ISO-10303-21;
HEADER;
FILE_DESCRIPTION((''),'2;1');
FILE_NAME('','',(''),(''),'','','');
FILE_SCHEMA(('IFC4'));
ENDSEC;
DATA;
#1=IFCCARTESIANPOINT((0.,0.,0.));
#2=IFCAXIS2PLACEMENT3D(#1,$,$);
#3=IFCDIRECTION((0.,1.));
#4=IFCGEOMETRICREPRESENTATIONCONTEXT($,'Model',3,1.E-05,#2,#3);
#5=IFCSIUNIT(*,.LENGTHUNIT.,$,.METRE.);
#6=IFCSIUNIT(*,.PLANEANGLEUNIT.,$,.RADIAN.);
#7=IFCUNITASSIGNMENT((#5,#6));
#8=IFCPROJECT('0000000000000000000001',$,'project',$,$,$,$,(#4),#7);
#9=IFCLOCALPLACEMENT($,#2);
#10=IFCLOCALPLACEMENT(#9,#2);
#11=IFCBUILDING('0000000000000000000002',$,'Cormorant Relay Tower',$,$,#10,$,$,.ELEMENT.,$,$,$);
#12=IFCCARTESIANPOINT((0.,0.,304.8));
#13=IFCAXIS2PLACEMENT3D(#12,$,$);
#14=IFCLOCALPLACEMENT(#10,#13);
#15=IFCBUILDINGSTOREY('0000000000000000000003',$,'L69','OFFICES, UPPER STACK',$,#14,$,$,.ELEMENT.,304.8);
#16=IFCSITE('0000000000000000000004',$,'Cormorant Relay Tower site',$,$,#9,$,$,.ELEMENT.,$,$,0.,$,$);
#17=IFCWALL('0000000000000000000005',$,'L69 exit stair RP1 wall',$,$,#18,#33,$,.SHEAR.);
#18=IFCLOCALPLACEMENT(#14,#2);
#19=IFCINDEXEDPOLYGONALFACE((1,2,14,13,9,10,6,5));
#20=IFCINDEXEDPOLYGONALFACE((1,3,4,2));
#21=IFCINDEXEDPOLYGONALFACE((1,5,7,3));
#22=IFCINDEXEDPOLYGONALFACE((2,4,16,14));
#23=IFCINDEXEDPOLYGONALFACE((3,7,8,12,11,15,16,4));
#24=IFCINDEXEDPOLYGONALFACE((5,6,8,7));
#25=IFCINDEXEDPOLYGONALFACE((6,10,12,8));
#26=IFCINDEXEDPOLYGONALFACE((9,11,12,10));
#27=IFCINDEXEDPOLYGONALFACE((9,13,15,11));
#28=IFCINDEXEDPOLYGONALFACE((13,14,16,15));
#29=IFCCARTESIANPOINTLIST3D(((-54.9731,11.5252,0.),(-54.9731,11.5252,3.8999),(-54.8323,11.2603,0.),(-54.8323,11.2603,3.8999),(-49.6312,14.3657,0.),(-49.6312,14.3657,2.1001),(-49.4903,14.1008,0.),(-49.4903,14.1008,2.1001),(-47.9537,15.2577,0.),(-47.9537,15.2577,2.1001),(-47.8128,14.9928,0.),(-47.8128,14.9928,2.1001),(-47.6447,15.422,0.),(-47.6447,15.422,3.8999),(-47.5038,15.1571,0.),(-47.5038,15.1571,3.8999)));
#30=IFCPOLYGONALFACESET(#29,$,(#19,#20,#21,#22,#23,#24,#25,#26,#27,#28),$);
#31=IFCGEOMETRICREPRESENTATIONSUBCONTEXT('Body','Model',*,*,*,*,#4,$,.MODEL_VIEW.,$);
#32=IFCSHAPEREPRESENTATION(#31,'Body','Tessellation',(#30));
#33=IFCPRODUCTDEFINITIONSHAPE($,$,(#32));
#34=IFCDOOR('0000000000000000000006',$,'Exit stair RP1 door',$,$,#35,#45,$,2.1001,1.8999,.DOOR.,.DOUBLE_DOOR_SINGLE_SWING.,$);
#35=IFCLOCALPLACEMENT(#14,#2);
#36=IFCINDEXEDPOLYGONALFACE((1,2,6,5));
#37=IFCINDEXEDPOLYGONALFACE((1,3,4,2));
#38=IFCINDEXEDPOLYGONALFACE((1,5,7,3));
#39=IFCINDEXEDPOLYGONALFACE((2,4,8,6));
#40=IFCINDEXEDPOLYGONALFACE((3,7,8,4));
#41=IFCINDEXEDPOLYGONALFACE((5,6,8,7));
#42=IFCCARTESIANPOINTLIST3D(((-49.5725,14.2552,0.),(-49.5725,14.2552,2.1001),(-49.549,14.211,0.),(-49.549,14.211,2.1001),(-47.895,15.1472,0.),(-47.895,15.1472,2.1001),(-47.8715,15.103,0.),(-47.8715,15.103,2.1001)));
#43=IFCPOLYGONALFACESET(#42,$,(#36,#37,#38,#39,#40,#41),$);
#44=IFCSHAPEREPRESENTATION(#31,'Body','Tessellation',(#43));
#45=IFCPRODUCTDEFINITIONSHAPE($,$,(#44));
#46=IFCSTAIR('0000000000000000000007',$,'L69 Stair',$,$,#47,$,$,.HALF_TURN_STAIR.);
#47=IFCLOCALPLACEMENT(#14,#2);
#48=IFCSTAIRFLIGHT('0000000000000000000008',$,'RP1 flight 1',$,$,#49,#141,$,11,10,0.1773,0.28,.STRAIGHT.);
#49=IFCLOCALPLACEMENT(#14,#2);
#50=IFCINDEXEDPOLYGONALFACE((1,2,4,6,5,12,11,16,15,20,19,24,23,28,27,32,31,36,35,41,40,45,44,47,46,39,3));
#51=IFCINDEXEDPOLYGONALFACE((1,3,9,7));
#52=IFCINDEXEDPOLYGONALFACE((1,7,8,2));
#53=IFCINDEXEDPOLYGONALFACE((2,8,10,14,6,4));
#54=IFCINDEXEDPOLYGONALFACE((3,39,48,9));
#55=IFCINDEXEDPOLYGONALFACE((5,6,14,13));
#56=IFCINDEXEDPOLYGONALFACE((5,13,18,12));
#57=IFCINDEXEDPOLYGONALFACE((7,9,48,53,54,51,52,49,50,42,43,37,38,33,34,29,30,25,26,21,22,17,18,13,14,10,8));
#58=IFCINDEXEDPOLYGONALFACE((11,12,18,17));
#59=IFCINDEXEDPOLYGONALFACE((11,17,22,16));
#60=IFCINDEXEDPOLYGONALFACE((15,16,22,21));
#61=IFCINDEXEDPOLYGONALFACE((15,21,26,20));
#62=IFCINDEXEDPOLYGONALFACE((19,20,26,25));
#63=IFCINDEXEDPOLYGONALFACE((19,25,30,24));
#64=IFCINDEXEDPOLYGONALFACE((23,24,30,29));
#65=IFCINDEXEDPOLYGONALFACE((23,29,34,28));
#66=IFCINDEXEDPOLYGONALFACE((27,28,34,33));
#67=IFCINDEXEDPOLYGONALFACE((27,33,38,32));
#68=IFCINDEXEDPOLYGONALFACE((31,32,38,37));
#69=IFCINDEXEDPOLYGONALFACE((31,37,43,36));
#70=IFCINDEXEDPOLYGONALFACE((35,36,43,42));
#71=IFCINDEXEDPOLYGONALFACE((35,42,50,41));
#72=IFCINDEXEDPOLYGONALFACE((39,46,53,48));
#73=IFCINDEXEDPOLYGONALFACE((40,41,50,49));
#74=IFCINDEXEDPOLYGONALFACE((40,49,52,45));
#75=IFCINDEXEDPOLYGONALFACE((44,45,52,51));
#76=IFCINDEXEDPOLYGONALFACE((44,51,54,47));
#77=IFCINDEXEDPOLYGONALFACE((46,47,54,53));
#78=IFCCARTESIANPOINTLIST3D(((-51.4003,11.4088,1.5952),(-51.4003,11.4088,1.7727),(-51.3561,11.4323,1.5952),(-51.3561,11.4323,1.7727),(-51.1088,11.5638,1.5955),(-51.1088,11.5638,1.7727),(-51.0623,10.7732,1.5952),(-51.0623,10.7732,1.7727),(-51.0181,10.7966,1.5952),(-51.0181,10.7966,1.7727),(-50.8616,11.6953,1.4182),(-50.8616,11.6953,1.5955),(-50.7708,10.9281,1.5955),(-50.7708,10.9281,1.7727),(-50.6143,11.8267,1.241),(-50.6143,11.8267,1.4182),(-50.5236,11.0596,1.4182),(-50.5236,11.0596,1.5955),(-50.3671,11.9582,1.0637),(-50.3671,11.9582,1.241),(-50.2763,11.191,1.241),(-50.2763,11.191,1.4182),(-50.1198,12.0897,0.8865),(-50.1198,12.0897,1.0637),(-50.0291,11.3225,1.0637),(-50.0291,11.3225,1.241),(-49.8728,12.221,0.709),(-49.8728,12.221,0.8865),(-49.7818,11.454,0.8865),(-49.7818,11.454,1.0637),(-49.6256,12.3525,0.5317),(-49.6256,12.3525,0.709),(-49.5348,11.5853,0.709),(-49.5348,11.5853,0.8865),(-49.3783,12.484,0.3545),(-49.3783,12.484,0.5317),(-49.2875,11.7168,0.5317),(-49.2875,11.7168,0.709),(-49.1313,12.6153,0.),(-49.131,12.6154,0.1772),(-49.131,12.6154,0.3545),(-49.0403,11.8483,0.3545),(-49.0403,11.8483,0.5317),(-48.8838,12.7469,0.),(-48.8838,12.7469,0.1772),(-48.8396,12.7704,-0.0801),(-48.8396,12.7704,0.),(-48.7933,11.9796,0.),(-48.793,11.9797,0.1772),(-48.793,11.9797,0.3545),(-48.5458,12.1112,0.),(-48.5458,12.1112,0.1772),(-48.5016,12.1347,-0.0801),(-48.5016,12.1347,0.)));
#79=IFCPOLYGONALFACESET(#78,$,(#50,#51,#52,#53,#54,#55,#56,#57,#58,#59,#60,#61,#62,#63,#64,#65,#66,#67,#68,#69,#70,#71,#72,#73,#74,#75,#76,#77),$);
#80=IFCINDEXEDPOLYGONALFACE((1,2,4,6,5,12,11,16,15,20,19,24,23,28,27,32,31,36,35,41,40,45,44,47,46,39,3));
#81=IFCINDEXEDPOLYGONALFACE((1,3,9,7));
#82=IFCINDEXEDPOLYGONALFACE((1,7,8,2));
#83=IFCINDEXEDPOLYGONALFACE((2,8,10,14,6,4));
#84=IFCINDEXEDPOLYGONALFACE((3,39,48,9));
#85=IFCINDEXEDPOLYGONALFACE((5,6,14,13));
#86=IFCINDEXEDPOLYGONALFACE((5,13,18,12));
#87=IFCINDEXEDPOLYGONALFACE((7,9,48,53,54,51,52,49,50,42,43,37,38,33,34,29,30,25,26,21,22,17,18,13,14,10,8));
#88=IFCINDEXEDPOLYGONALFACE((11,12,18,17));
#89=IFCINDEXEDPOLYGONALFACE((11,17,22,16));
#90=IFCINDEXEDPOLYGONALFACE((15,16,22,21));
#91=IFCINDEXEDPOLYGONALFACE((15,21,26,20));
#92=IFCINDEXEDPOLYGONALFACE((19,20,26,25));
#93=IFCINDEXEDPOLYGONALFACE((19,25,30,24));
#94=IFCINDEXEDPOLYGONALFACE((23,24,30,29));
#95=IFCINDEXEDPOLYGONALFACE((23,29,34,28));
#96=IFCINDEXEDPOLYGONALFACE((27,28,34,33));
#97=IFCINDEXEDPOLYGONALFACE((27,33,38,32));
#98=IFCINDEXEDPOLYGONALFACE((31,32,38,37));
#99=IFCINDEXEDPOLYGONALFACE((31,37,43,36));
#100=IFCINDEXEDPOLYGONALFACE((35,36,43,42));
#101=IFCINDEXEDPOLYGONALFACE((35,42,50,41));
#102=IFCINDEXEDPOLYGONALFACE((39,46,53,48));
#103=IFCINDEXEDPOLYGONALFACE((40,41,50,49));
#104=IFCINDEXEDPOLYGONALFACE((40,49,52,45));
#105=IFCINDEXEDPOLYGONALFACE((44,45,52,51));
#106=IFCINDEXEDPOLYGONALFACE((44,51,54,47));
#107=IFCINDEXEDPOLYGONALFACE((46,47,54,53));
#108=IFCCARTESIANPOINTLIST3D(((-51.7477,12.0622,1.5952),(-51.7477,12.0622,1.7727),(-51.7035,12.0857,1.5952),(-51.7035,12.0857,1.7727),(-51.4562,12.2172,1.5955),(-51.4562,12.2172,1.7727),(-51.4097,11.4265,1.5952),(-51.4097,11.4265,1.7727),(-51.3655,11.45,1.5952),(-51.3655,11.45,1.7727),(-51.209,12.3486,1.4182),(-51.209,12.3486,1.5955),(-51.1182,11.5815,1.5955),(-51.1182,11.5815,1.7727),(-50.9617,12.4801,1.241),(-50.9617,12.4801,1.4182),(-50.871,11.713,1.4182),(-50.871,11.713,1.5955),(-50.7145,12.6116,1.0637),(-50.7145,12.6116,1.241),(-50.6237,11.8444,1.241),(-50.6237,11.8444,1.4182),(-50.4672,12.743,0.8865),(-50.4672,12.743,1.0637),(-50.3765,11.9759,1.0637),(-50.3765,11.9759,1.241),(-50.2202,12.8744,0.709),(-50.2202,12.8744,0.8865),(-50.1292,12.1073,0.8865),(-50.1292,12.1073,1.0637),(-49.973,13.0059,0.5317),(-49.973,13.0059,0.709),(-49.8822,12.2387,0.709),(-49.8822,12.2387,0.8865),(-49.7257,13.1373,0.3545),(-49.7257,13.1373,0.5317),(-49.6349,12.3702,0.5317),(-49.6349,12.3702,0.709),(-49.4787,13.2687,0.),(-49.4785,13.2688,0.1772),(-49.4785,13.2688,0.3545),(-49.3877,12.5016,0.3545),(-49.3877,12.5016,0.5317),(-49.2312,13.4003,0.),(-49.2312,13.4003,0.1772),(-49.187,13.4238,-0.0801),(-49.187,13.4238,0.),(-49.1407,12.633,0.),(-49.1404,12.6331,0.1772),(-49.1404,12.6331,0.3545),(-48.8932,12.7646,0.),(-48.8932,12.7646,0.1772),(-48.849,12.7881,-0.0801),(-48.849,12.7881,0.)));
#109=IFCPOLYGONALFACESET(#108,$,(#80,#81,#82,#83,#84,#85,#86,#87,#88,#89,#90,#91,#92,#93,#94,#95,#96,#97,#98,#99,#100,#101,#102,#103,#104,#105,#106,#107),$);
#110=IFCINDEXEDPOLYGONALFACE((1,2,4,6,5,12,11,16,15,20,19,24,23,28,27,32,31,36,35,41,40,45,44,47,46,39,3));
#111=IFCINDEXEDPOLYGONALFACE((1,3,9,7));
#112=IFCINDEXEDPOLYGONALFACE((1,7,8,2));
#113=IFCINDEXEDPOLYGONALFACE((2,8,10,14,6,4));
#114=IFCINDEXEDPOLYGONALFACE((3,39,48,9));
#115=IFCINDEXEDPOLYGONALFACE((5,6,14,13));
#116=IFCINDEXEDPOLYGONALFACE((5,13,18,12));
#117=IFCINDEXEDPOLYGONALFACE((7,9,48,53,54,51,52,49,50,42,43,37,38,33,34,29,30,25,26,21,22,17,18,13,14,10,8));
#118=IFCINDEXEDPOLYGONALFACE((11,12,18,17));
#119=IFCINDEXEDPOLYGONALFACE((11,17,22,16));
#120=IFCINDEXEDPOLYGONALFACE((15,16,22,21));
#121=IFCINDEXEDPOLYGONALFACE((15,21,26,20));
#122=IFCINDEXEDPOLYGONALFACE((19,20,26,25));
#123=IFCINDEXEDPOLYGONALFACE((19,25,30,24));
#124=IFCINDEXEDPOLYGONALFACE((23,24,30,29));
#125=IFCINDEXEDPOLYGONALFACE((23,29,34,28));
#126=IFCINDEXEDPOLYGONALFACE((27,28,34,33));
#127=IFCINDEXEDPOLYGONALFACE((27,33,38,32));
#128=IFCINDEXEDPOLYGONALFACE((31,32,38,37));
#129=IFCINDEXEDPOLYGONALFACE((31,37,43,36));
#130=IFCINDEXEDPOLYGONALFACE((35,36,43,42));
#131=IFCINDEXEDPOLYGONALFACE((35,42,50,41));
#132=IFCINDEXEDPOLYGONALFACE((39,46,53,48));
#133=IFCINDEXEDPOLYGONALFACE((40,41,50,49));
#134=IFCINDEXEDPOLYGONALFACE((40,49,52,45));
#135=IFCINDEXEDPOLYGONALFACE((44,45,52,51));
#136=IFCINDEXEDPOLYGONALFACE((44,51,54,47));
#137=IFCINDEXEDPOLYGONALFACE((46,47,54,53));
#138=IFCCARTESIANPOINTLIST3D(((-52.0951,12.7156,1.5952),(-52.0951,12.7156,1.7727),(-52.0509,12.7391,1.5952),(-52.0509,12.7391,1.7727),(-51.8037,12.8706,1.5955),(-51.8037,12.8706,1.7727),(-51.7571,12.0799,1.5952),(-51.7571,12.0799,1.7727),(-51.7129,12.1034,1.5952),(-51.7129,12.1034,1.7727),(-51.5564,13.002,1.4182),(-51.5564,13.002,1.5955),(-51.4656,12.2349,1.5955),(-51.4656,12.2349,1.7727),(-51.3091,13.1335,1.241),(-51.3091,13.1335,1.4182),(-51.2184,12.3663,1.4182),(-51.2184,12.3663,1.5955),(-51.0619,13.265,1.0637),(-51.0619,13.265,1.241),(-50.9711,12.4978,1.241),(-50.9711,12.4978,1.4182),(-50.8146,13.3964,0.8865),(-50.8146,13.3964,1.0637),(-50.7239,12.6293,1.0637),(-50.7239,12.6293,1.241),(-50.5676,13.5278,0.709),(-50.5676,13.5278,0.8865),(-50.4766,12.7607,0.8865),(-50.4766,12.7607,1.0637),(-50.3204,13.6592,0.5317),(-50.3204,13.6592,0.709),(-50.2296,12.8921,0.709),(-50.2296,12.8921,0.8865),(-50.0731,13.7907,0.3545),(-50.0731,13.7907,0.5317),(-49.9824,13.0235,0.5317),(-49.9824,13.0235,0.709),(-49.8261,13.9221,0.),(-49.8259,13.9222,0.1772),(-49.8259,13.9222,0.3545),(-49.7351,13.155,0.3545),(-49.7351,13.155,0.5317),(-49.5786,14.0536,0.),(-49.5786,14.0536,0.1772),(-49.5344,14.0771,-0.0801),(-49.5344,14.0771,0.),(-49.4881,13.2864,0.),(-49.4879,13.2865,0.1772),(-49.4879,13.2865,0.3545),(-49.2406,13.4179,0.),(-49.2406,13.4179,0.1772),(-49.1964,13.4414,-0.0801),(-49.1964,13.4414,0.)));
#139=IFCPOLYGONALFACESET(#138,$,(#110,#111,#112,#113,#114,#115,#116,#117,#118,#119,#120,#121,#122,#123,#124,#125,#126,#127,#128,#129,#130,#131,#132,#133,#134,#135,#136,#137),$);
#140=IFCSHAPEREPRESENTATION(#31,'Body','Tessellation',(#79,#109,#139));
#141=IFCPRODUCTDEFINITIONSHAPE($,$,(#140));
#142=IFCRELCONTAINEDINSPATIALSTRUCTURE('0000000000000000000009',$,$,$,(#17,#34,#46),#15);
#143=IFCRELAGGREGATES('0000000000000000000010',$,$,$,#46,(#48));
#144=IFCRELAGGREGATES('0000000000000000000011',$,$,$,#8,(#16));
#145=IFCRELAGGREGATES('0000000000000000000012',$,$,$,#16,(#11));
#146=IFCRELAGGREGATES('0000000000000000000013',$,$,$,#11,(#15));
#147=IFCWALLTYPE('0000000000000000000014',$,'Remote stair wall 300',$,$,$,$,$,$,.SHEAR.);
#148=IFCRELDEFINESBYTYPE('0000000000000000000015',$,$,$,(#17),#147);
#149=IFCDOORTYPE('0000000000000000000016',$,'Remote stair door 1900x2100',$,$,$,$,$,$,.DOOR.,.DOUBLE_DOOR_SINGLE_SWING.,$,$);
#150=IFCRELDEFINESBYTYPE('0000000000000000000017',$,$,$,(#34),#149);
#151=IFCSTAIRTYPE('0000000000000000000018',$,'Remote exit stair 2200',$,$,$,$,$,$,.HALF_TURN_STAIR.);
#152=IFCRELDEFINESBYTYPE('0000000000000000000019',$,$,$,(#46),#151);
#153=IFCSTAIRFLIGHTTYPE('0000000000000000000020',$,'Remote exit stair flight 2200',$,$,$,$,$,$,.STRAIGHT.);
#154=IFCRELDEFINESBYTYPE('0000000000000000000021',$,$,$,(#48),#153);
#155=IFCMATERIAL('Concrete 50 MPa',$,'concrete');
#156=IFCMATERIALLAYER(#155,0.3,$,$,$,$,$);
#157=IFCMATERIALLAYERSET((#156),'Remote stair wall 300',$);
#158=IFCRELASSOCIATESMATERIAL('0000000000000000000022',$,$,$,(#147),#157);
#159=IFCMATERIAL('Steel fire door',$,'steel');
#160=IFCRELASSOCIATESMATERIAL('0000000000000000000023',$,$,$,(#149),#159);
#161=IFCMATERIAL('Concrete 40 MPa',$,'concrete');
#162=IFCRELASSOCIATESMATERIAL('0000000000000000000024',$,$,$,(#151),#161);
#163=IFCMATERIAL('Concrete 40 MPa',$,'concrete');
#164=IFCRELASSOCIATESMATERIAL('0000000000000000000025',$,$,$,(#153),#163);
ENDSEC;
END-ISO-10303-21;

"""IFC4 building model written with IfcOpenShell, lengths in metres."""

from ifc_helpers import new_model, si_unit, direction, frame, frame_2d, origin, place, context, subcontext, project, spatial, polyline, rectangle, outline, extrude, material, layer, layer_set, type_object, element, fill, aggregate, save


model = new_model("IFC4")

# Units and contexts
model_context = context("Model", 3, precision=1e-05, world=origin(), true_north=direction((0.0, 1.0)))
body_context = subcontext(model_context, "Body", "Model", "MODEL_VIEW")
ifc_project = project(units=[si_unit("LENGTHUNIT", "METRE"), si_unit("PLANEANGLEUNIT", "RADIAN")], contexts=[model_context])

# Site, building, storey
site_placement = place(None, origin())
site = spatial("IfcSite", under=ifc_project, at=site_placement, Name="Cormorant Relay Tower site", CompositionType="ELEMENT", RefElevation=0.0)
building_placement = place(site_placement, origin())
building = spatial("IfcBuilding", under=site, at=building_placement, Name="Cormorant Relay Tower", CompositionType="ELEMENT")
storey_placement = place(building_placement, frame((0.0, 0.0, 304.8)))
storey = spatial("IfcBuildingStorey", under=building, at=storey_placement, Name="L69", Description="OFFICES, UPPER STACK", CompositionType="ELEMENT", Elevation=304.8)

# Shared definitions
ifc_material_1 = material(Name="Concrete 50 MPa", Category="concrete")
ifc_layer_1 = layer(ifc_material_1, 0.3)
ifc_layer_set_1 = layer_set([ifc_layer_1], Name="Remote stair wall 300")
wall_type_1 = type_object("IfcWallType", Name="Remote stair wall 300", PredefinedType="SHEAR", material=ifc_layer_set_1)

# Wall, opening, door
wall_1_placement = place(storey_placement, frame((-54.9026, 11.3928, 0.0), z_axis=(0.0, 0.0, 1.0), x_axis=(0.882939, 0.469487, 0.0)))
wall_1 = element("IfcWall", 1, at=wall_1_placement, inside=storey, type_object=wall_type_1, Name="L69 exit stair RP1 wall", PredefinedType="SHEAR", context=body_context, shape_type="SweptSolid", body=[
    extrude(rectangle(XDim=8.3, YDim=0.3, at=frame_2d((4.1499, 0.0))), origin(), (0.0, 0.0, 1.0), 3.8999),
])
opening_1_placement = place(wall_1_placement, frame((6.05, 0.0, 0.0)))
opening_1 = element("IfcOpeningElement", 2, at=opening_1_placement, cuts=wall_1, PredefinedType="OPENING", context=body_context, shape_type="SweptSolid", body=[
    extrude(rectangle(XDim=1.8999, YDim=2.1001, at=frame_2d((0.95, 1.05))), frame((0.0, 0.1599, 0.0), z_axis=(0.0, -1.0, 0.0), x_axis=(1.0, 0.0, 0.0)), (0.0, 0.0, 1.0), 0.3201),
])
ifc_material_2 = material(Name="Steel fire door", Category="steel")
door_type_1 = type_object("IfcDoorType", Name="Remote stair door 1900x2100", OperationType="DOUBLE_DOOR_SINGLE_SWING", PredefinedType="DOOR", material=ifc_material_2)
door_1_placement = place(opening_1_placement, origin())
door_1 = element("IfcDoor", 3, at=door_1_placement, inside=storey, type_object=door_type_1, Name="Exit stair RP1 door", OperationType="DOUBLE_DOOR_SINGLE_SWING", OverallHeight=2.1001, OverallWidth=1.8999, PredefinedType="DOOR", context=body_context, shape_type="SweptSolid", body=[
    extrude(rectangle(XDim=1.8999, YDim=2.1001, at=frame_2d((0.95, 1.05))), frame((0.0, 0.0249, 0.0), z_axis=(0.0, -1.0, 0.0), x_axis=(1.0, 0.0, 0.0)), (0.0, 0.0, 1.0), 0.05),
])
fill(opening_1, door_1)

# Stair, stair flight
ifc_material_3 = material(Name="Concrete 40 MPa", Category="concrete")
stair_type = type_object("IfcStairType", Name="Remote exit stair 2200", PredefinedType="HALF_TURN_STAIR", material=ifc_material_3)
stair_placement = place(storey_placement, origin())
stair = element("IfcStair", 4, at=stair_placement, inside=storey, type_object=stair_type, Name="L69 Stair", PredefinedType="HALF_TURN_STAIR")
ifc_material_4 = material(Name="Concrete 40 MPa", Category="concrete")
stair_flight_type = type_object("IfcStairFlightType", Name="Remote exit stair flight 2200", PredefinedType="STRAIGHT", material=ifc_material_4)
stair_flight_1_placement = place(storey_placement, frame((-49.0623, 13.0825, 0.0), z_axis=(0.0, 0.0, 1.0), x_axis=(-0.882948, -0.469472, 0.0)))
stair_flight_1 = element("IfcStairFlight", 5, at=stair_flight_1_placement, type_object=stair_flight_type, Name="RP1 flight 1", NumberOfRisers=11, NumberOfTreads=10, PredefinedType="STRAIGHT", RiserHeight=0.1773, TreadLength=0.28, context=body_context, shape_type="SweptSolid", body=[
    extrude(outline(polyline([(-0.05, -0.0801), (-0.05, 0.0), (0.0, 0.0), (0.0, 0.1772), (0.28, 0.1772), (0.28, 0.3545), (0.5601, 0.3545), (0.5601, 0.5317), (0.8401, 0.5317), (0.8401, 0.709), (1.1201, 0.709), (1.1201, 0.8865), (1.3999, 0.8865), (1.3999, 1.0637), (1.6799, 1.0637), (1.6799, 1.241), (1.96, 1.241), (1.96, 1.4182), (2.24, 1.4182), (2.24, 1.5955), (2.52, 1.5955), (2.52, 1.7727), (2.8, 1.7727), (2.8501, 1.7727), (2.8501, 1.5952), (2.8, 1.5952), (0.2803, 0.0), (-0.05, -0.0801)])), frame((0.0, 1.1001, 0.0), z_axis=(0.0, -1.0, 0.0), x_axis=(1.0, 0.0, 0.0)), (0.0, 0.0, 1.0), 0.72),
    extrude(outline(polyline([(-0.05, -0.0801), (-0.05, 0.0), (0.0, 0.0), (0.0, 0.1772), (0.28, 0.1772), (0.28, 0.3545), (0.5601, 0.3545), (0.5601, 0.5317), (0.8401, 0.5317), (0.8401, 0.709), (1.1201, 0.709), (1.1201, 0.8865), (1.3999, 0.8865), (1.3999, 1.0637), (1.6799, 1.0637), (1.6799, 1.241), (1.96, 1.241), (1.96, 1.4182), (2.24, 1.4182), (2.24, 1.5955), (2.52, 1.5955), (2.52, 1.7727), (2.8, 1.7727), (2.8501, 1.7727), (2.8501, 1.5952), (2.8, 1.5952), (0.2803, 0.0), (-0.05, -0.0801)])), frame((0.0, 0.3601, 0.0), z_axis=(0.0, -1.0, 0.0), x_axis=(1.0, 0.0, 0.0)), (0.0, 0.0, 1.0), 0.72),
    extrude(outline(polyline([(-0.05, -0.0801), (-0.05, 0.0), (0.0, 0.0), (0.0, 0.1772), (0.28, 0.1772), (0.28, 0.3545), (0.5601, 0.3545), (0.5601, 0.5317), (0.8401, 0.5317), (0.8401, 0.709), (1.1201, 0.709), (1.1201, 0.8865), (1.3999, 0.8865), (1.3999, 1.0637), (1.6799, 1.0637), (1.6799, 1.241), (1.96, 1.241), (1.96, 1.4182), (2.24, 1.4182), (2.24, 1.5955), (2.52, 1.5955), (2.52, 1.7727), (2.8, 1.7727), (2.8501, 1.7727), (2.8501, 1.5952), (2.8, 1.5952), (0.2803, 0.0), (-0.05, -0.0801)])), frame((0.0, -0.3799, 0.0), z_axis=(0.0, -1.0, 0.0), x_axis=(1.0, 0.0, 0.0)), (0.0, 0.0, 1.0), 0.72),
])
aggregate(stair, [stair_flight_1])

save(model, "model.ifc")
